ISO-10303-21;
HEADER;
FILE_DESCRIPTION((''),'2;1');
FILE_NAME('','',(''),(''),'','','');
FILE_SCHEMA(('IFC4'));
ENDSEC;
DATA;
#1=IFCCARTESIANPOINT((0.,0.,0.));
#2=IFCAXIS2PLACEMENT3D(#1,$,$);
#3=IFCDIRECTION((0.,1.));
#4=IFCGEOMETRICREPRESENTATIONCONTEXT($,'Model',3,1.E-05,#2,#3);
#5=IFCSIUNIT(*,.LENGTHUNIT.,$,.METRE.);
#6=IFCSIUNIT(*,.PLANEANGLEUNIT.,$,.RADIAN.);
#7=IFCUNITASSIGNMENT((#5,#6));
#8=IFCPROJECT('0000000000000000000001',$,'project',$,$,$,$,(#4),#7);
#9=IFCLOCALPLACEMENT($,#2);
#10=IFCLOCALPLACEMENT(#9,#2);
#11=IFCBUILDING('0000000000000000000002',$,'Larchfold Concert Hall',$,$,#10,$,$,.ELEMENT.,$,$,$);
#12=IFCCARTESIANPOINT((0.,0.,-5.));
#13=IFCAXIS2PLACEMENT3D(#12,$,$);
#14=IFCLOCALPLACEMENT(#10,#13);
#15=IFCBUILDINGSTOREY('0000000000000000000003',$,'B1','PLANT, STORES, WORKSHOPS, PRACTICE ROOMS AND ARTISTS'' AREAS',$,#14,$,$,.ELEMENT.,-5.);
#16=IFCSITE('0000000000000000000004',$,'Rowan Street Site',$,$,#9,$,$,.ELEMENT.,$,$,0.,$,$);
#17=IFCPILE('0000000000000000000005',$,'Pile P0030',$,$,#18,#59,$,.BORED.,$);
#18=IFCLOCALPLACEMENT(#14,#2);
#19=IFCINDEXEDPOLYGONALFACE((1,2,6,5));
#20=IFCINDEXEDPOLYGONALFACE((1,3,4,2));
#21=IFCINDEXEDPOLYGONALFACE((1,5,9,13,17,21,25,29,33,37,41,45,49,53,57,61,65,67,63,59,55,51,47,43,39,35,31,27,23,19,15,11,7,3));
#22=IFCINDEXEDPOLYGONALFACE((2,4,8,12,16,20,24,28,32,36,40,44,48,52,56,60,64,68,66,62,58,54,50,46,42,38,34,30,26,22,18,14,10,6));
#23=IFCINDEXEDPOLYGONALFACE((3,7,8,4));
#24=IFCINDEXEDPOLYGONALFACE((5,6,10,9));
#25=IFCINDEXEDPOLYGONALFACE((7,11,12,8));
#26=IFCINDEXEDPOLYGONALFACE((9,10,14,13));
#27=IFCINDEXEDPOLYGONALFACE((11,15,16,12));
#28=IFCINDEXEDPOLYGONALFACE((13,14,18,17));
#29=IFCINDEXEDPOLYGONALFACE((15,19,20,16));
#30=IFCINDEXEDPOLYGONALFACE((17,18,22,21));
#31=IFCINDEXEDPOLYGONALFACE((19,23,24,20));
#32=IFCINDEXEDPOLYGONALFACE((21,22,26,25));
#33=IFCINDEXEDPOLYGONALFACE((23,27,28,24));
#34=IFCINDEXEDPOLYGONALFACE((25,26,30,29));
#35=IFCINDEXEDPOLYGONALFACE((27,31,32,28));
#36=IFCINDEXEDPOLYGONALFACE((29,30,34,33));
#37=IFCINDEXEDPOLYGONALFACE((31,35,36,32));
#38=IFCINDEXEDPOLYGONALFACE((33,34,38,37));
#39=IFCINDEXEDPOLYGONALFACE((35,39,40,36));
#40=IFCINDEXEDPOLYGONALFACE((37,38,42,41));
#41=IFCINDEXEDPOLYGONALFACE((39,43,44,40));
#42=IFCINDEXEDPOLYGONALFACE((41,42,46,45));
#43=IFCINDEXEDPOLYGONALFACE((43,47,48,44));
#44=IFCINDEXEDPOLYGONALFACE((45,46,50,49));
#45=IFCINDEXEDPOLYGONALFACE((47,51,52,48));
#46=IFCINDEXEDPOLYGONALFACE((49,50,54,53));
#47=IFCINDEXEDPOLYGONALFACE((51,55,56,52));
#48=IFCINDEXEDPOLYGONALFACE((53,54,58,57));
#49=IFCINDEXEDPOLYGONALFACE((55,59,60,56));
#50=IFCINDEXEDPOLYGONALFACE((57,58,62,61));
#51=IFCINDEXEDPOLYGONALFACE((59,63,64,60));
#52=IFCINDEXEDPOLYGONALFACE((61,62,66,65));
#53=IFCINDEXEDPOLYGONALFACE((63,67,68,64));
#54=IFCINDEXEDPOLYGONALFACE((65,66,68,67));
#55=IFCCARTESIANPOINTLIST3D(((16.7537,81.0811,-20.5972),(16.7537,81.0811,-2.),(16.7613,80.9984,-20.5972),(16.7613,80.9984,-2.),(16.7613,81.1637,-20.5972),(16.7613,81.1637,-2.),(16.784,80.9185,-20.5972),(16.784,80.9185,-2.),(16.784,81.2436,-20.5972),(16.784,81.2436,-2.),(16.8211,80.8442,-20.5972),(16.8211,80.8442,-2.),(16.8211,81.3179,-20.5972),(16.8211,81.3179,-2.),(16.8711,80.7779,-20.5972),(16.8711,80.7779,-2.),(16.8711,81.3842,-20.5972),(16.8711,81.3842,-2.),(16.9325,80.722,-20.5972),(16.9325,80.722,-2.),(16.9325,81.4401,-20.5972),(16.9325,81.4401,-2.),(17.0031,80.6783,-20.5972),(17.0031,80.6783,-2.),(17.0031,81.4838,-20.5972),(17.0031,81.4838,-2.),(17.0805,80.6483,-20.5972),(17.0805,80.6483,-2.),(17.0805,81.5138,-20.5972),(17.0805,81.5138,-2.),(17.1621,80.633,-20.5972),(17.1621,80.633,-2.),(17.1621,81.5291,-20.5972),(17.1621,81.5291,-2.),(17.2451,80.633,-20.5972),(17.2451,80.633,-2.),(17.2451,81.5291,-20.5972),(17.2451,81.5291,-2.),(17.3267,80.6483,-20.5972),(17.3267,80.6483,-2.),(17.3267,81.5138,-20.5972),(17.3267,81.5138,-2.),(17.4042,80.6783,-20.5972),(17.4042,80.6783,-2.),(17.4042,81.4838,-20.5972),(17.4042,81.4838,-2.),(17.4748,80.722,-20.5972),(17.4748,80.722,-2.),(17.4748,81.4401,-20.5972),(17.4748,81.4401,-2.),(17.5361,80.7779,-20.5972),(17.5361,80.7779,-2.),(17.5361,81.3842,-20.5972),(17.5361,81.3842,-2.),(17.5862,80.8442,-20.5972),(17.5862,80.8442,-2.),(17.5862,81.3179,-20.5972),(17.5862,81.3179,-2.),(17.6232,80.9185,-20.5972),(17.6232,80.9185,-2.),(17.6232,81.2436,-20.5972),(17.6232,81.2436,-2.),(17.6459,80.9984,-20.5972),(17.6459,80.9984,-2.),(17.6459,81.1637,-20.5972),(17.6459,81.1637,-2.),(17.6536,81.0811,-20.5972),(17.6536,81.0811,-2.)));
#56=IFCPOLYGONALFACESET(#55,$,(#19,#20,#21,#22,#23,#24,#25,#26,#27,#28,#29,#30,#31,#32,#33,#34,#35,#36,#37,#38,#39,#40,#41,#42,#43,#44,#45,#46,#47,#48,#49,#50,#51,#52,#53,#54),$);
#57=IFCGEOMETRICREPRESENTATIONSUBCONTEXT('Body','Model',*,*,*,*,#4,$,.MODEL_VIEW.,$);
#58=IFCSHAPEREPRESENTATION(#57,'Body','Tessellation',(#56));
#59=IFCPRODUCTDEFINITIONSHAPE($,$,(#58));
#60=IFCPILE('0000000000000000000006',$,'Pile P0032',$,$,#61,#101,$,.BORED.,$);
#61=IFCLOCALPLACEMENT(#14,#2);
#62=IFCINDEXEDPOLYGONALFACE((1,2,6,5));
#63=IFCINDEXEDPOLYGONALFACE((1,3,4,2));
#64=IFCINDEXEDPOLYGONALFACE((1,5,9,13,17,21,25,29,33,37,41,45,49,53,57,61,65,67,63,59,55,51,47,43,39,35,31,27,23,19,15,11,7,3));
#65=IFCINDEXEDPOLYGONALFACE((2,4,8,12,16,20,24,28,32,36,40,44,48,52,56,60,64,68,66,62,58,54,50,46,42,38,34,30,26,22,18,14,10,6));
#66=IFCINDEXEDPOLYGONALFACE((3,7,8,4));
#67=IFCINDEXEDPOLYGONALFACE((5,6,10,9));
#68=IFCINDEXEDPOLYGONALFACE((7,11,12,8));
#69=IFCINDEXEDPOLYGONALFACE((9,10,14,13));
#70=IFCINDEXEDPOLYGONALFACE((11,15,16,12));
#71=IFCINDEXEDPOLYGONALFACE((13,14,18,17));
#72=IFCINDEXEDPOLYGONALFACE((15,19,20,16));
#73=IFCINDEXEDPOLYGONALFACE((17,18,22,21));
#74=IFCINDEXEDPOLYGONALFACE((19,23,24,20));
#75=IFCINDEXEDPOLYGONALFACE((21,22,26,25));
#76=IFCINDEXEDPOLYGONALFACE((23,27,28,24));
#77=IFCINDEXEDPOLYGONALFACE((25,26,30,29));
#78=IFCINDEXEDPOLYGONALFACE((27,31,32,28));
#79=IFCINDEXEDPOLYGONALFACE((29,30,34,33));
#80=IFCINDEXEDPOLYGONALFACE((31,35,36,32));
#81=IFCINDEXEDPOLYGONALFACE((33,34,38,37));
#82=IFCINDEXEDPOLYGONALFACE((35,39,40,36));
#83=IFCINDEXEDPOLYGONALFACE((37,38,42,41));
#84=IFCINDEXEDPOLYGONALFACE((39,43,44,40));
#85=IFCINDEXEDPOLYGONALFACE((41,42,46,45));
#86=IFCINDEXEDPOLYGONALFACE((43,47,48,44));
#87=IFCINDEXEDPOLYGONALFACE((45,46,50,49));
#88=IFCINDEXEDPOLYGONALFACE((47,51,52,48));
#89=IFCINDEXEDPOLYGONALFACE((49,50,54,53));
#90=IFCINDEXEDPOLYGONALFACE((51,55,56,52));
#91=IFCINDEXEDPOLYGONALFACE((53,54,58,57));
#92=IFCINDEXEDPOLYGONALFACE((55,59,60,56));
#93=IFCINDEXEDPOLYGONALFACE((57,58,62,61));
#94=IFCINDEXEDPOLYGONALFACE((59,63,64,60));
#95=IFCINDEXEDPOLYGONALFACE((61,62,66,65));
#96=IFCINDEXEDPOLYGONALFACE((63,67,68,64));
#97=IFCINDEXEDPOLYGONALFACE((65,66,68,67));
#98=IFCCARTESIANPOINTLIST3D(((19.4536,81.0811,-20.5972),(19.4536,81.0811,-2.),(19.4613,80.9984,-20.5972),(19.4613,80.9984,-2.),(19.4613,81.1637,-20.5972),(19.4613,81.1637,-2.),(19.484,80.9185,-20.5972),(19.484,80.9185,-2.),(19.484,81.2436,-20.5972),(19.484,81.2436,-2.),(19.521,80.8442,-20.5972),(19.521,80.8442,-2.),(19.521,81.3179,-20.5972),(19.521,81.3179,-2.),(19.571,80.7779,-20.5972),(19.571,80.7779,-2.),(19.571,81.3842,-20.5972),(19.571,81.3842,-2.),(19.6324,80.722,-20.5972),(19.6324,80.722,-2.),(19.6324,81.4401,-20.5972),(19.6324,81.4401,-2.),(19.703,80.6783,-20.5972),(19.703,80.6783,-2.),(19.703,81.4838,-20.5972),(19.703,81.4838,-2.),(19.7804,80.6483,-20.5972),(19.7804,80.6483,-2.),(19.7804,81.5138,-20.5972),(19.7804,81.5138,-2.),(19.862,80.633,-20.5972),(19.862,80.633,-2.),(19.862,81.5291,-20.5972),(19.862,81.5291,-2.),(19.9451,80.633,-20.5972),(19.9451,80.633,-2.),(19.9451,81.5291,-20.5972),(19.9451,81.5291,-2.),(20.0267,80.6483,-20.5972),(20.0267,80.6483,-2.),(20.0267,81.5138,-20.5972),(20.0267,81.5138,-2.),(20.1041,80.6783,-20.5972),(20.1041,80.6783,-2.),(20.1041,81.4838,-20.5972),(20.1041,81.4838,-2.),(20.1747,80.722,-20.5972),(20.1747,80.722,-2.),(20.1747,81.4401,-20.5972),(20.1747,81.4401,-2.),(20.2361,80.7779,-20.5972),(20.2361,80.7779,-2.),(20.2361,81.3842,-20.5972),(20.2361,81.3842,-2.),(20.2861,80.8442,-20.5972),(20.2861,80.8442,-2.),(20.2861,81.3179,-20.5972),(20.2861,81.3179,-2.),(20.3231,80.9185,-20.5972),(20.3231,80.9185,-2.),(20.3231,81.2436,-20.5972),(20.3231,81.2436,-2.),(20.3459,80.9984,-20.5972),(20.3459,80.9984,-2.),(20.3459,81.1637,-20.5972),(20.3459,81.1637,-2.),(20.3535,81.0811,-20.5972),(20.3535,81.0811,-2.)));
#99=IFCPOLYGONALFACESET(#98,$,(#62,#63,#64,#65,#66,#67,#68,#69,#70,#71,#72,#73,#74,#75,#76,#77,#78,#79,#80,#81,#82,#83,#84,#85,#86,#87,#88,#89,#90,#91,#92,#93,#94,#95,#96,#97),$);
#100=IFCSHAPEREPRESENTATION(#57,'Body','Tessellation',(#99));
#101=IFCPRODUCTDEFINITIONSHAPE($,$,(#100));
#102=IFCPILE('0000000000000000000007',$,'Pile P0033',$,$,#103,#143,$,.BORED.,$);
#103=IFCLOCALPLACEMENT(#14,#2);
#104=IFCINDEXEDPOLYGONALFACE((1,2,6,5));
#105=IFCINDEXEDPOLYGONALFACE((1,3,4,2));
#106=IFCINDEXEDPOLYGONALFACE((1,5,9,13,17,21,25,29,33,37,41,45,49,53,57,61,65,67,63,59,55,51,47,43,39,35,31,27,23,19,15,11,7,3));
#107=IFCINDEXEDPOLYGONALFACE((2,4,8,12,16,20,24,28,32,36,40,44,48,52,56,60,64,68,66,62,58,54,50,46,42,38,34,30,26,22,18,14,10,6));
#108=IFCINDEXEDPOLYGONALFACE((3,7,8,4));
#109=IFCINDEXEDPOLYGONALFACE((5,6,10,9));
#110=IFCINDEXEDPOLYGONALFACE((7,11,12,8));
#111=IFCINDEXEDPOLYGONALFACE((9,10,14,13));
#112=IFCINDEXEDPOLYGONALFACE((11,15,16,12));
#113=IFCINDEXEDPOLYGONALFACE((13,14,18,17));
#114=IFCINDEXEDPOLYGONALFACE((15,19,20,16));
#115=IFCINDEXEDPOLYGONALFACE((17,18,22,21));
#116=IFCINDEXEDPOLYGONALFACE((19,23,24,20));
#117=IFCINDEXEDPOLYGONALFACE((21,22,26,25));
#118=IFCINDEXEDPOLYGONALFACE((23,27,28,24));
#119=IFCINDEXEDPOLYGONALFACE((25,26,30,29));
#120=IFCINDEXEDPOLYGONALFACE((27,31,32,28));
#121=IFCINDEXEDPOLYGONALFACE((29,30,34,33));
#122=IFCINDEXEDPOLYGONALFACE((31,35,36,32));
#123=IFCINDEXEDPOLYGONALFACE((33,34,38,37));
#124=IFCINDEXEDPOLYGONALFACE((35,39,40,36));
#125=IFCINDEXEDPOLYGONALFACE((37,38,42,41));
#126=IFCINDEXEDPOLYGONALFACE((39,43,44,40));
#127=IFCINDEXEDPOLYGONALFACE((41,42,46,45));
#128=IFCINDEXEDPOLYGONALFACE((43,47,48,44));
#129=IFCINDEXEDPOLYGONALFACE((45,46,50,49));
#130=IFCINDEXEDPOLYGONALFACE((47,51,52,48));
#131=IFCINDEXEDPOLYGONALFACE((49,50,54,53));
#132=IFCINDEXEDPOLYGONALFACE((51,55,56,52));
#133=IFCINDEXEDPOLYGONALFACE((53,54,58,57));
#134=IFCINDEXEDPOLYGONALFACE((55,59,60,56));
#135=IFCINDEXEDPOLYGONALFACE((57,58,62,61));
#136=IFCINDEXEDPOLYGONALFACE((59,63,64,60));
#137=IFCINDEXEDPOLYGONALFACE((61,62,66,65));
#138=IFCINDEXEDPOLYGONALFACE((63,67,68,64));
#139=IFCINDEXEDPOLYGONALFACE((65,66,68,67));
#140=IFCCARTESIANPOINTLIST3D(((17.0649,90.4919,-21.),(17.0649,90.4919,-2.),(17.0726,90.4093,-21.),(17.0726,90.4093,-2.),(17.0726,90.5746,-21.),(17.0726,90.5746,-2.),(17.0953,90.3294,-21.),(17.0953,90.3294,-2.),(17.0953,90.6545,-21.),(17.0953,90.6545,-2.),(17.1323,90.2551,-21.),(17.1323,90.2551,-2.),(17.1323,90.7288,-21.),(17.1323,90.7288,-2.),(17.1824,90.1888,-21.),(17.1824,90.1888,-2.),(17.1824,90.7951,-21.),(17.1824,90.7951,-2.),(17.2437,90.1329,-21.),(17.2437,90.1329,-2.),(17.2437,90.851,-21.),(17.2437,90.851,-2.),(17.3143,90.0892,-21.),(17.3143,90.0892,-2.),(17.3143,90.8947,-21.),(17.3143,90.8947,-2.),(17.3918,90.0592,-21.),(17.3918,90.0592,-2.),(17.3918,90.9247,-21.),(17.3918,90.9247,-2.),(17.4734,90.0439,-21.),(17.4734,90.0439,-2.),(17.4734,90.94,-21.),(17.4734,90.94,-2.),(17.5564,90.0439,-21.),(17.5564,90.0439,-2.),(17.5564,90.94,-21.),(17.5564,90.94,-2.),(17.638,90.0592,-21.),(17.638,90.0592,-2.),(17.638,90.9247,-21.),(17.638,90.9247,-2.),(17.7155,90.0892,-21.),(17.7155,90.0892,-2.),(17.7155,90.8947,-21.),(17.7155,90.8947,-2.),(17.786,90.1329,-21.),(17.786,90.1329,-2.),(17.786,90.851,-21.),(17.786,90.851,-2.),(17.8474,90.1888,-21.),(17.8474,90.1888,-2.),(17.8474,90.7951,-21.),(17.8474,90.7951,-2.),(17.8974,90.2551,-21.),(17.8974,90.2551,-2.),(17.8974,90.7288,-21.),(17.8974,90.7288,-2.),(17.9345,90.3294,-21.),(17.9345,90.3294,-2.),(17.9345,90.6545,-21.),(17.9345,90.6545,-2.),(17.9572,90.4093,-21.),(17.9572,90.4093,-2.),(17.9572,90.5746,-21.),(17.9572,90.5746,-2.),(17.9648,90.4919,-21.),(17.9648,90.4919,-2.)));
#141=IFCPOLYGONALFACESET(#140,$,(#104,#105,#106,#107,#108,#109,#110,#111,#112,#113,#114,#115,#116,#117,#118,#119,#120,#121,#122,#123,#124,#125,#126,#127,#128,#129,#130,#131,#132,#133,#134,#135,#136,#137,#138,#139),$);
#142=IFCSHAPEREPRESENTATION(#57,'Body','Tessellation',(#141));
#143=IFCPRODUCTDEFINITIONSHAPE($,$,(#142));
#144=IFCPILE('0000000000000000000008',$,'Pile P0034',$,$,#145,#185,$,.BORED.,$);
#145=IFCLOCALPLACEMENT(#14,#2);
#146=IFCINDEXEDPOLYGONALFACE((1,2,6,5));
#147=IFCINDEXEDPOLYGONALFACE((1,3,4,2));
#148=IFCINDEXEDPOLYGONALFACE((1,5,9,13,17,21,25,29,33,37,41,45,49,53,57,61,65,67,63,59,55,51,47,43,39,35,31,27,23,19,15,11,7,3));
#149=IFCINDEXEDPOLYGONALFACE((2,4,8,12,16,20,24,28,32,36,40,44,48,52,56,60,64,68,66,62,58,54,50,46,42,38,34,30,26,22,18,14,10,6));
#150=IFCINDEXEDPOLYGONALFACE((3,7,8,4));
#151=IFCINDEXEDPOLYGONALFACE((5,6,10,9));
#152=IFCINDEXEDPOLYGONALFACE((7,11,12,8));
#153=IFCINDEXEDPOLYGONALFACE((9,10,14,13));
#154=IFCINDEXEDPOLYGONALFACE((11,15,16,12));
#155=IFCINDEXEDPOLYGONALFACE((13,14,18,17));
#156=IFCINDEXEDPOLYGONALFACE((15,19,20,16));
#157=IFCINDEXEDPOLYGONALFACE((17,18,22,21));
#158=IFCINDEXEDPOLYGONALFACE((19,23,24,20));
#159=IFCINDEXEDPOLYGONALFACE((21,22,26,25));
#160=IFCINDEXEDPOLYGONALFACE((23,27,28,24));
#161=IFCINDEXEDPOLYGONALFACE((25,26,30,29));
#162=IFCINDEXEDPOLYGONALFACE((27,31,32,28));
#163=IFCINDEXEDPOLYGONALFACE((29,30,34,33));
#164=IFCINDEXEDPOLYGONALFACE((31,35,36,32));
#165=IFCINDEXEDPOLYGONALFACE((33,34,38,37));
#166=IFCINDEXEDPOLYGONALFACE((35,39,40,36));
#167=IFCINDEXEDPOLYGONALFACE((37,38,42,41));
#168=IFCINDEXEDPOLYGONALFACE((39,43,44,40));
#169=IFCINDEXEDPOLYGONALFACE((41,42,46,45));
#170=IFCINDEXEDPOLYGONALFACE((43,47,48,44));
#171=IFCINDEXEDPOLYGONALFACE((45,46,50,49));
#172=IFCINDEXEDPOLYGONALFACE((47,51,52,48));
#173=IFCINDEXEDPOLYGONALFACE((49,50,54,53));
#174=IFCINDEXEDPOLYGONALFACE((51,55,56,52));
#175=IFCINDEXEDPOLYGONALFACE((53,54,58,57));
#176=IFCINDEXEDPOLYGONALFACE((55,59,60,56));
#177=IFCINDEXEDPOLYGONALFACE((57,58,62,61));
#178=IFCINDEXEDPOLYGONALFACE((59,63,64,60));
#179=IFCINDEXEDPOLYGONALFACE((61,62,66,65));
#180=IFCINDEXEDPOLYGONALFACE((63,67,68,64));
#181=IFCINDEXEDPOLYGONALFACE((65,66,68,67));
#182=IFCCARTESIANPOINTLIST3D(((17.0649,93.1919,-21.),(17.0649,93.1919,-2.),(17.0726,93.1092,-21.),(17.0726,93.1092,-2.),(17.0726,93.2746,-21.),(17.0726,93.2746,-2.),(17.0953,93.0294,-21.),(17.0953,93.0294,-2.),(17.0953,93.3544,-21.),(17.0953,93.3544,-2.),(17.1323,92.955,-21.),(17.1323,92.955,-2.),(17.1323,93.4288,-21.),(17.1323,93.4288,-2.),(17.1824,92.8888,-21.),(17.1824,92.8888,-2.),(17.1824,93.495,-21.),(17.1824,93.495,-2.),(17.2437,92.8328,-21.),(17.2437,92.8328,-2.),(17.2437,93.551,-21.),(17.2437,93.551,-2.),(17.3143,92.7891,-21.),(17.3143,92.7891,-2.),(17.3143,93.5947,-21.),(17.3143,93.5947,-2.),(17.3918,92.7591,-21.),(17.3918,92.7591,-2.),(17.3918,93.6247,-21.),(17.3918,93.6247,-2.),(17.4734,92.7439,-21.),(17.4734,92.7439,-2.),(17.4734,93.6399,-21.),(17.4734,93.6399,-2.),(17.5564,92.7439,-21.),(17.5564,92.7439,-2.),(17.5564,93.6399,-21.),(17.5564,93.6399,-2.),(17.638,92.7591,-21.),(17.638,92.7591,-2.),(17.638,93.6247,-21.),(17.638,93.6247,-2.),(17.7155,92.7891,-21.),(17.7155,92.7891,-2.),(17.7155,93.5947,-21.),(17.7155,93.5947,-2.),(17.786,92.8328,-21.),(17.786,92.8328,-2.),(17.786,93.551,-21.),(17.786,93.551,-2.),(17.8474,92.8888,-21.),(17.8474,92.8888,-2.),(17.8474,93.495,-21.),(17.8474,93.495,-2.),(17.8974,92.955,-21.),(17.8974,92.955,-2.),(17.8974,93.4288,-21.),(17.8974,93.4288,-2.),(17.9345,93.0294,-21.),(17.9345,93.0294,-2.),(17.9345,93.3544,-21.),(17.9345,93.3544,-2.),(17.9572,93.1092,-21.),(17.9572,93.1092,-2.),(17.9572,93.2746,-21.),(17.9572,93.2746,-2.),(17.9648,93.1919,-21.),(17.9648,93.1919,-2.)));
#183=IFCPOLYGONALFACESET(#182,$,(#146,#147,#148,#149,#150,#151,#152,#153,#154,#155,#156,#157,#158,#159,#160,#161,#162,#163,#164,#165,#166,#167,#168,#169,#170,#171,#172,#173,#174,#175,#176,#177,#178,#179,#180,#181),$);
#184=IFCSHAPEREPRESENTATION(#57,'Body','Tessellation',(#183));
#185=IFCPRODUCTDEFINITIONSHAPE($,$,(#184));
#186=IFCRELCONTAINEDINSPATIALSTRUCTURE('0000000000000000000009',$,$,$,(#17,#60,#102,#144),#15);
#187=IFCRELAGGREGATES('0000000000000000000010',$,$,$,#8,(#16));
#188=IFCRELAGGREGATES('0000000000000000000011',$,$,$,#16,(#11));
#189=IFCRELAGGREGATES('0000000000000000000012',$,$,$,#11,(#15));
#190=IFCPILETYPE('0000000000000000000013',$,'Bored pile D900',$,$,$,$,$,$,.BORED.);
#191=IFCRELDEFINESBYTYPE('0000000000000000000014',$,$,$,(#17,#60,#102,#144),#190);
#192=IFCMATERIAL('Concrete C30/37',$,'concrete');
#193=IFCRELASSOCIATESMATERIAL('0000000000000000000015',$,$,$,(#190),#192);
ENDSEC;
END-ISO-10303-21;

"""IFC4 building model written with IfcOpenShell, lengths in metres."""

from ifc_helpers import new_model, si_unit, direction, frame, origin, origin_2d, place, context, subcontext, project, spatial, circle, extrude, material, material_profile, profile_set, type_object, element, save


model = new_model("IFC4")

# Units and contexts
model_context = context("Model", 3, precision=1e-05, world=origin(), true_north=direction((0.0, 1.0)))
body_context = subcontext(model_context, "Body", "Model", "MODEL_VIEW")
ifc_project = project(units=[si_unit("LENGTHUNIT", "METRE"), si_unit("PLANEANGLEUNIT", "RADIAN")], contexts=[model_context])

# Site, building, storey
site_placement = place(None, origin())
site = spatial("IfcSite", under=ifc_project, at=site_placement, Name="Rowan Street Site", CompositionType="ELEMENT", RefElevation=0.0)
building_placement = place(site_placement, origin())
building = spatial("IfcBuilding", under=site, at=building_placement, Name="Larchfold Concert Hall", CompositionType="ELEMENT")
storey_placement = place(building_placement, frame((0.0, 0.0, -5.0)))
storey = spatial("IfcBuildingStorey", under=building, at=storey_placement, Name="B1", Description="PLANT, STORES, WORKSHOPS, PRACTICE ROOMS AND ARTISTS' AREAS", CompositionType="ELEMENT", Elevation=-5.0)

# Piles
ifc_material_1 = material(Name="Concrete C30/37", Category="concrete")
ifc_material_profile_1 = material_profile(ifc_material_1, circle(Radius=0.45, at=origin_2d()))
ifc_profile_set_1 = profile_set([ifc_material_profile_1], Name="Concrete C30/37")
pile_type = type_object("IfcPileType", Name="Bored pile D900", PredefinedType="BORED", material=ifc_profile_set_1)
for number, where, z_axis, x_axis, name in (
    (1, (17.2036, 81.0811, -2.0), (0.0, 0.0, -1.0), (1.0, 0.0, 0.0), "Pile P0030"),
    (2, (19.9036, 81.0811, -2.0), (0.0, 0.0, -1.0), (1.0, 0.0, 0.0), "Pile P0032"),
):
    element("IfcPile", number, at=place(storey_placement, frame(where, z_axis=z_axis, x_axis=x_axis)), inside=storey, type_object=pile_type, Name=name, PredefinedType="BORED", context=body_context, shape_type="SweptSolid", body=[
        extrude(circle(Radius=0.45, at=origin_2d()), origin(), (0.0, 0.0, 1.0), 18.5972),
    ])
for number, where, z_axis, x_axis, name in (
    (3, (17.5149, 90.4919, -2.0), (0.0, 0.0, -1.0), (1.0, 0.0, 0.0), "Pile P0033"),
    (4, (17.5149, 93.1919, -2.0), (0.0, 0.0, -1.0), (1.0, 0.0, 0.0), "Pile P0034"),
):
    element("IfcPile", number, at=place(storey_placement, frame(where, z_axis=z_axis, x_axis=x_axis)), inside=storey, type_object=pile_type, Name=name, PredefinedType="BORED", context=body_context, shape_type="SweptSolid", body=[
        extrude(circle(Radius=0.45, at=origin_2d()), origin(), (0.0, 0.0, 1.0), 19.0),
    ])

save(model, "model.ifc")
